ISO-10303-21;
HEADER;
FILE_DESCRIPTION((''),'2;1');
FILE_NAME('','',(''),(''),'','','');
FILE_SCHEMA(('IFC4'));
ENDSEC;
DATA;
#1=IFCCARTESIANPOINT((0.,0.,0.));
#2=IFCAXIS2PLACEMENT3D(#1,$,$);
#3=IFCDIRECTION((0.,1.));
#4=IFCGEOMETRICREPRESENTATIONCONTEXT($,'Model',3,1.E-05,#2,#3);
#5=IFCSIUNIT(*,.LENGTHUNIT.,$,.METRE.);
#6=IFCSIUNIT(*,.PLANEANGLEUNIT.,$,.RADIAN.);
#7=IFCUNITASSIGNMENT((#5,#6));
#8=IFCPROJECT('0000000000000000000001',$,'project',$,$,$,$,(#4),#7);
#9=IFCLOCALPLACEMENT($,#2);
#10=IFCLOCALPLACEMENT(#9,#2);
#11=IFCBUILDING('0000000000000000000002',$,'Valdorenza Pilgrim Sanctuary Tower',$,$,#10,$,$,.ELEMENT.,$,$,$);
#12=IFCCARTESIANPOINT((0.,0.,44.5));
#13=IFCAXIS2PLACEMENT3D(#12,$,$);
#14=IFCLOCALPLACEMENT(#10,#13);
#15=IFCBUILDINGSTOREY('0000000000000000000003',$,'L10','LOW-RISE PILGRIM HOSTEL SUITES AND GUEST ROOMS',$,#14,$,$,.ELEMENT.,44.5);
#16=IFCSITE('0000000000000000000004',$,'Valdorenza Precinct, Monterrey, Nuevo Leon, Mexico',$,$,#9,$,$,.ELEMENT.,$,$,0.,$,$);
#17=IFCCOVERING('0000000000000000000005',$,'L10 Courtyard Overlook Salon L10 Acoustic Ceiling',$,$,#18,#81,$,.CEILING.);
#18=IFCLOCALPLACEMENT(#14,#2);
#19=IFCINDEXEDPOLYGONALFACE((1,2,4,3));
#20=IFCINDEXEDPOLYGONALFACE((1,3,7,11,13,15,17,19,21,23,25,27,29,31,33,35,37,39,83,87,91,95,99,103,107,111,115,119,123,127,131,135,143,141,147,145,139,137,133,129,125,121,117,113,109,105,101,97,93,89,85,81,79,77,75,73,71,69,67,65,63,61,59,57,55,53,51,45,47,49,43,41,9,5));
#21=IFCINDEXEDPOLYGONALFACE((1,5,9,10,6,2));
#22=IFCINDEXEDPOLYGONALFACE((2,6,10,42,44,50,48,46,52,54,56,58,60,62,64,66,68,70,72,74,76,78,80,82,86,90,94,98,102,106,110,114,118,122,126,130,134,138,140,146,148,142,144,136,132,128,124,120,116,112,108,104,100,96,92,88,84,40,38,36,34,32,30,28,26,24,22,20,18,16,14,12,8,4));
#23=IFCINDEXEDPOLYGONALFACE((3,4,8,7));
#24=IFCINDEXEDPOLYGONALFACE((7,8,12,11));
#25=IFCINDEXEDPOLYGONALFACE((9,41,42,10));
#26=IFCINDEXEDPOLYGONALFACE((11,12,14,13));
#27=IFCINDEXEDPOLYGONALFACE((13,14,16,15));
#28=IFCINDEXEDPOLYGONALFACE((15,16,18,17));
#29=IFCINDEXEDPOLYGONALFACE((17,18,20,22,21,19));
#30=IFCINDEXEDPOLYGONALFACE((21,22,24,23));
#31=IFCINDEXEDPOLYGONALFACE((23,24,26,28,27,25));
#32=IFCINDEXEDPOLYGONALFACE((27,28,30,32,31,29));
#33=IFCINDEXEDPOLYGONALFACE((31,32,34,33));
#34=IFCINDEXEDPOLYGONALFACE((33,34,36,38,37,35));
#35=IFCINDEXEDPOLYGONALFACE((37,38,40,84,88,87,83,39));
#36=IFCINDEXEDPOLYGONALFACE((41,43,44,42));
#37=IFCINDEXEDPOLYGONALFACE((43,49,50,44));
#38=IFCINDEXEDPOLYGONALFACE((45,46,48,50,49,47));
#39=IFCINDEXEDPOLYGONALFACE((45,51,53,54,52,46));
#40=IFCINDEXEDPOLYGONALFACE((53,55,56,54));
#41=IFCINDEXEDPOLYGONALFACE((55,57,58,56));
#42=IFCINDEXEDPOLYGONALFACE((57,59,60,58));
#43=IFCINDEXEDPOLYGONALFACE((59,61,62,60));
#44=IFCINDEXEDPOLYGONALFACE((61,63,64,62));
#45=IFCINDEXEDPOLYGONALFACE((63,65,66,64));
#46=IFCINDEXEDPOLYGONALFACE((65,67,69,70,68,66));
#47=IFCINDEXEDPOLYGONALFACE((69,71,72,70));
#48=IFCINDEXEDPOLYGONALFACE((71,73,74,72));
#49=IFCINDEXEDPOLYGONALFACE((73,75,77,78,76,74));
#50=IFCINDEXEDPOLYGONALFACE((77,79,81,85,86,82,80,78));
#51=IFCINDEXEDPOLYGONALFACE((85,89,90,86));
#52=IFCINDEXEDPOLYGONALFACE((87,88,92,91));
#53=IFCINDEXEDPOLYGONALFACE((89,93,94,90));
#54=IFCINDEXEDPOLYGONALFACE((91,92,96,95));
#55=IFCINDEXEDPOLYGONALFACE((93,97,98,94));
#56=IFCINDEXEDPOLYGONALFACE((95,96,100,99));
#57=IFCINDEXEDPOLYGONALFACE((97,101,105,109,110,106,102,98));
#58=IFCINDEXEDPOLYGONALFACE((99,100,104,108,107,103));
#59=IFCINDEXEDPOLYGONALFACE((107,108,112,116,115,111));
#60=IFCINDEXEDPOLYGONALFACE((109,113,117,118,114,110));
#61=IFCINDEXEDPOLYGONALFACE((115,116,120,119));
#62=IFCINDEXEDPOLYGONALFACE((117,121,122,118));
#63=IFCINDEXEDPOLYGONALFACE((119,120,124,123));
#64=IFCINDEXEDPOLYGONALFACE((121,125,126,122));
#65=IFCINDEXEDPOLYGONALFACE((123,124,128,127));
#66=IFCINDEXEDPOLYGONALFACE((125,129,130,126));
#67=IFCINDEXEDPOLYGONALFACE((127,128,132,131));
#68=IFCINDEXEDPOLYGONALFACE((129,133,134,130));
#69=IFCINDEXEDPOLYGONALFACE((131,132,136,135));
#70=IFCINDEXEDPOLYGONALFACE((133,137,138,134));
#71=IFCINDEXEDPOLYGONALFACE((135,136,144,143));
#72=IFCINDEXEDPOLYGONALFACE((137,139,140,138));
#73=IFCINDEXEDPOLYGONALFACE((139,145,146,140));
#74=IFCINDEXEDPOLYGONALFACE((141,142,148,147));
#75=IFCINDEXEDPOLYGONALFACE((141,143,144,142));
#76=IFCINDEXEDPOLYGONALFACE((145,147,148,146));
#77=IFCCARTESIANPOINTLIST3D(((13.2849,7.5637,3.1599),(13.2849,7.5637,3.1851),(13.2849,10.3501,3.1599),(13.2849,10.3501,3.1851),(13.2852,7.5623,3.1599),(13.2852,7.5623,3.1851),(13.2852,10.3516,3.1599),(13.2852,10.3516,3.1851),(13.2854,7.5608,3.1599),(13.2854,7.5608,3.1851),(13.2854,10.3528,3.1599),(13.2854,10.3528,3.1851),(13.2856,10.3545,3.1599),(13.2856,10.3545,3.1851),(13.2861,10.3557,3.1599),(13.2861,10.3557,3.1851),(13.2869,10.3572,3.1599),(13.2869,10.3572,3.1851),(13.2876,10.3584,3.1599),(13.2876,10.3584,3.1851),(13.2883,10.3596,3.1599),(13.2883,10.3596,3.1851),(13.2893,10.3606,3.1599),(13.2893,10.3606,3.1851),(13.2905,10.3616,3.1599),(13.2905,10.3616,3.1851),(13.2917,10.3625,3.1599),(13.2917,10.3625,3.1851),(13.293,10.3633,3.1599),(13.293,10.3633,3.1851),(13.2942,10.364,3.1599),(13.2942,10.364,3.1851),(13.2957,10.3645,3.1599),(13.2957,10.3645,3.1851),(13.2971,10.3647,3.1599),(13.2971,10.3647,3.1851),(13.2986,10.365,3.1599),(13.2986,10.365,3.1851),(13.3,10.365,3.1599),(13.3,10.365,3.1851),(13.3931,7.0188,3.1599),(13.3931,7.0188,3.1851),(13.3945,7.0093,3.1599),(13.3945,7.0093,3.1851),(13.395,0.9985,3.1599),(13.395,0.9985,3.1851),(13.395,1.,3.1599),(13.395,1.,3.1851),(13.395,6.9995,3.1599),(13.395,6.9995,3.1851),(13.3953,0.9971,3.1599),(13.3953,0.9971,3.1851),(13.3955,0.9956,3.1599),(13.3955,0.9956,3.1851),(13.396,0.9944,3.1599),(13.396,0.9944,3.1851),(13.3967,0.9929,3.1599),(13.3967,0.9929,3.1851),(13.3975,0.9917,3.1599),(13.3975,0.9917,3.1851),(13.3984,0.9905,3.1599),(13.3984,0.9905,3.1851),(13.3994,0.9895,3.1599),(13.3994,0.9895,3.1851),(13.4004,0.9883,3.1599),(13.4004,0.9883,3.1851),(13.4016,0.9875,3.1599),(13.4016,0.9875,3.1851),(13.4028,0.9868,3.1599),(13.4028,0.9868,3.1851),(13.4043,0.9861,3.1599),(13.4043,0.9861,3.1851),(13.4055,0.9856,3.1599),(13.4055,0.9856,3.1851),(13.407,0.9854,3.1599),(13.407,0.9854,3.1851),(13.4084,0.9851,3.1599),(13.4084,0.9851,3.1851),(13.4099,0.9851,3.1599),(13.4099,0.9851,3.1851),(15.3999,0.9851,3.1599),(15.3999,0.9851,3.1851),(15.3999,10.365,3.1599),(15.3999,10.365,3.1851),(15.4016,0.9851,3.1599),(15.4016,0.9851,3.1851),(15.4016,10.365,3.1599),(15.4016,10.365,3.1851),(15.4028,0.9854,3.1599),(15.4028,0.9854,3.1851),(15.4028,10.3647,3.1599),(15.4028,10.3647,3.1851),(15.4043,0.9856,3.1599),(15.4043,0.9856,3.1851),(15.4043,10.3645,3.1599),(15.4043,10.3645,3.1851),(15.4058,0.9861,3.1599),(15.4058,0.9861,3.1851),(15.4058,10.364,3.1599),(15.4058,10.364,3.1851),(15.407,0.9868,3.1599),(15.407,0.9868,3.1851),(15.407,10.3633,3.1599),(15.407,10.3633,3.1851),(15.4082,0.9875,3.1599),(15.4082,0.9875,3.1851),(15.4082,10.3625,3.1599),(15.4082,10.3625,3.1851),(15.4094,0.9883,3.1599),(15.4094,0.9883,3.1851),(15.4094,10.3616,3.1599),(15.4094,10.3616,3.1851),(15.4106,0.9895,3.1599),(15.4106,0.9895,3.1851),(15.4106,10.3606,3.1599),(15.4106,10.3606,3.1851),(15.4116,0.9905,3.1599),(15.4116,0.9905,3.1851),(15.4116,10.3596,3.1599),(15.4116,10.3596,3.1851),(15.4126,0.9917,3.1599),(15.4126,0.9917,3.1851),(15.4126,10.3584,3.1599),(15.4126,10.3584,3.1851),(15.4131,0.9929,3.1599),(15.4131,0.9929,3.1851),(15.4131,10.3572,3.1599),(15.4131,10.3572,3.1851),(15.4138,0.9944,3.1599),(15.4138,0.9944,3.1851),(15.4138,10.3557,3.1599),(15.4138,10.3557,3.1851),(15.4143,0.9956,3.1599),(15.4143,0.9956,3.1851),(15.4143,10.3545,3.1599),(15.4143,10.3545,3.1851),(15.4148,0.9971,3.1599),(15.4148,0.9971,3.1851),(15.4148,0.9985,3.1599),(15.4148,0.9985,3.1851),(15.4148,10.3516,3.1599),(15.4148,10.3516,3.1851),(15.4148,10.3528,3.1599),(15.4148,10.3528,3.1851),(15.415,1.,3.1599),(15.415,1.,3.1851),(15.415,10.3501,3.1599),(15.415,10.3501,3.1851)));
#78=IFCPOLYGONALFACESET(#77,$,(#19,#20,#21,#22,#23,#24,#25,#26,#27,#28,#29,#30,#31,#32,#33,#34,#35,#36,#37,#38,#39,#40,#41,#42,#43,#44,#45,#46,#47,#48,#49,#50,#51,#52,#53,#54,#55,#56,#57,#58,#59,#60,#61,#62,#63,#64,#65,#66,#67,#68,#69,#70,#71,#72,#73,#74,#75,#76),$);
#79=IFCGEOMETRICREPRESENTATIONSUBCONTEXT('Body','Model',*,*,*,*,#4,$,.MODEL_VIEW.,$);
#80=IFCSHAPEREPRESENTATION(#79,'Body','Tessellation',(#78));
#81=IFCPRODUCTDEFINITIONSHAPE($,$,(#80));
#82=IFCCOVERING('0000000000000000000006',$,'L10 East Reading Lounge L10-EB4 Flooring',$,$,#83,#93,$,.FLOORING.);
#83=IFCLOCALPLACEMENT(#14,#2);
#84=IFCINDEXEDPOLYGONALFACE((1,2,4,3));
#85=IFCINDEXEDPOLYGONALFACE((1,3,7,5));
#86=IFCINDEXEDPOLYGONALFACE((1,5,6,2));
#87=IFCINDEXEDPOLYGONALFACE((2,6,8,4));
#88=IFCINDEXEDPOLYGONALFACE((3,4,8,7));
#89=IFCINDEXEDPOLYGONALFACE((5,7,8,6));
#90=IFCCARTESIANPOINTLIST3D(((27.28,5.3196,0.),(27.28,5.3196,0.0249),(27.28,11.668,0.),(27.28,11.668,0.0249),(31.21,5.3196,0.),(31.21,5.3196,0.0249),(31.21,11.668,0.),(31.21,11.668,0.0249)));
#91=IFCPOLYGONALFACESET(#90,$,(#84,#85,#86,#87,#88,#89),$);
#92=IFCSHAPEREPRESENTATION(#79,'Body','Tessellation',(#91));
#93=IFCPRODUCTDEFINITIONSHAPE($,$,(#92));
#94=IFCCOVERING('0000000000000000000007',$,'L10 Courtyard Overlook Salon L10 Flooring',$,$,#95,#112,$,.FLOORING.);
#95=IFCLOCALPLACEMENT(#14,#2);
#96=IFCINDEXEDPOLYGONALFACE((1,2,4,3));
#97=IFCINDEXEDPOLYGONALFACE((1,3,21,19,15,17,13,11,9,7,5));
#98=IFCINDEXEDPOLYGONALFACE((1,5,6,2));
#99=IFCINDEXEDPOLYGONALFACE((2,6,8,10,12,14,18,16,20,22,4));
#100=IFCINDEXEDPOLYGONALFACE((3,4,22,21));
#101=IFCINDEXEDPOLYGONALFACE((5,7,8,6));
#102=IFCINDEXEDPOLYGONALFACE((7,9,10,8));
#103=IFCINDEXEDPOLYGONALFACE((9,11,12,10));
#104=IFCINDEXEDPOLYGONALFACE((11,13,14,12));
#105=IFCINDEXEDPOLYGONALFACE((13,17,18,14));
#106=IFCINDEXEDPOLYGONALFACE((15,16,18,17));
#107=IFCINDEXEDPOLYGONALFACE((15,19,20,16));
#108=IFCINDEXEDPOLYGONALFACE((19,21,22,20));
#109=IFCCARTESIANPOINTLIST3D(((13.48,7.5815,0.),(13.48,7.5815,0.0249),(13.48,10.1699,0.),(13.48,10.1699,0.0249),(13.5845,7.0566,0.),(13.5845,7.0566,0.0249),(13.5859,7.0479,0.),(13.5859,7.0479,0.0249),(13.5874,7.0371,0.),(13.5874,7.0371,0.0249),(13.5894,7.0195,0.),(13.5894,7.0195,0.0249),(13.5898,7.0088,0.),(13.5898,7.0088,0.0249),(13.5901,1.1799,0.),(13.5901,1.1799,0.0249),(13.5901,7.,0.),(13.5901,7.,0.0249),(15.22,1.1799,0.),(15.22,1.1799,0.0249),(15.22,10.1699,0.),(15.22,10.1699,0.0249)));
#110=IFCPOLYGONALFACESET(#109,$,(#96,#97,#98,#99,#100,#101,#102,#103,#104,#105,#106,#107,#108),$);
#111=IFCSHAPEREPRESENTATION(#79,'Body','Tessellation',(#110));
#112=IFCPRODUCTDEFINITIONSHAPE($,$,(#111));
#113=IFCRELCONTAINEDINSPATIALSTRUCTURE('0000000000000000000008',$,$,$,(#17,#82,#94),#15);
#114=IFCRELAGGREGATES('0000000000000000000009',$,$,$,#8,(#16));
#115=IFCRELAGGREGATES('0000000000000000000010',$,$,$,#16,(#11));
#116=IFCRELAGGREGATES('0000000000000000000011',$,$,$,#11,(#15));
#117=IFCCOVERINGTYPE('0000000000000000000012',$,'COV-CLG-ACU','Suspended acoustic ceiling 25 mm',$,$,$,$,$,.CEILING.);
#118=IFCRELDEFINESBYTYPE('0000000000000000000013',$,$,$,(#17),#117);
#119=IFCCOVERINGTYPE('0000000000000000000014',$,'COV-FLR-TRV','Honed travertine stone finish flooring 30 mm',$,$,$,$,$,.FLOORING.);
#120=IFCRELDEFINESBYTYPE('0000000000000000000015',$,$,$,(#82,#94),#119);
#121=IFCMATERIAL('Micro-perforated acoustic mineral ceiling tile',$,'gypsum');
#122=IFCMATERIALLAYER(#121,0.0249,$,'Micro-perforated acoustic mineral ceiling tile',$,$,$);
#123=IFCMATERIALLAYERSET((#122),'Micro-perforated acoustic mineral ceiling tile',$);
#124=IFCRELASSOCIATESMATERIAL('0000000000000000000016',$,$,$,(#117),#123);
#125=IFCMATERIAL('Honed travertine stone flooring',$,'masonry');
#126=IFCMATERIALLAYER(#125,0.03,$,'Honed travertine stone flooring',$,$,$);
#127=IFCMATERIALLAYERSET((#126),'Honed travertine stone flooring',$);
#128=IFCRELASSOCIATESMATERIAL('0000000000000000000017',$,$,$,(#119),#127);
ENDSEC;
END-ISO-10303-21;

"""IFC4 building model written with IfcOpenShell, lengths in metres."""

from ifc_helpers import new_model, si_unit, direction, frame, origin, place, context, subcontext, project, spatial, polyline, outline, extrude, material, layer, layer_set, type_object, element, save


model = new_model("IFC4")

# Units and contexts
model_context = context("Model", 3, precision=1e-05, world=origin(), true_north=direction((0.0, 1.0)))
body_context = subcontext(model_context, "Body", "Model", "MODEL_VIEW")
ifc_project = project(units=[si_unit("LENGTHUNIT", "METRE"), si_unit("PLANEANGLEUNIT", "RADIAN")], contexts=[model_context])

# Site, building, storey
site_placement = place(None, origin())
site = spatial("IfcSite", under=ifc_project, at=site_placement, Name="Valdorenza Precinct, Monterrey, Nuevo Leon, Mexico", CompositionType="ELEMENT", RefElevation=0.0)
building_placement = place(site_placement, origin())
building = spatial("IfcBuilding", under=site, at=building_placement, Name="Valdorenza Pilgrim Sanctuary Tower", CompositionType="ELEMENT")
storey_placement = place(building_placement, frame((0.0, 0.0, 44.5)))
storey = spatial("IfcBuildingStorey", under=building, at=storey_placement, Name="L10", Description="LOW-RISE PILGRIM HOSTEL SUITES AND GUEST ROOMS", CompositionType="ELEMENT", Elevation=44.5)

# Coverings
ifc_material_1 = material(Name="Micro-perforated acoustic mineral ceiling tile", Category="gypsum")
ifc_layer_1 = layer(ifc_material_1, 0.0249, Name="Micro-perforated acoustic mineral ceiling tile")
ifc_layer_set_1 = layer_set([ifc_layer_1], Name="Micro-perforated acoustic mineral ceiling tile")
covering_type_1 = type_object("IfcCoveringType", Name="COV-CLG-ACU", Description="Suspended acoustic ceiling 25 mm", PredefinedType="CEILING", material=ifc_layer_set_1)
covering_1_placement = place(storey_placement, frame((0.0, 0.0, 3.1599)))
element("IfcCovering", 1, at=covering_1_placement, inside=storey, type_object=covering_type_1, Name="L10 Courtyard Overlook Salon L10 Acoustic Ceiling", PredefinedType="CEILING", context=body_context, shape_type="SweptSolid", body=[
    extrude(outline(polyline([(15.3999, 10.365), (15.4016, 10.365), (15.4028, 10.3647), (15.4043, 10.3645), (15.4058, 10.364), (15.407, 10.3633), (15.4082, 10.3625), (15.4094, 10.3616), (15.4106, 10.3606), (15.4116, 10.3596), (15.4126, 10.3584), (15.4131, 10.3572), (15.4138, 10.3557), (15.4143, 10.3545), (15.4148, 10.3528), (15.4148, 10.3516), (15.415, 10.3501), (15.415, 1.0), (15.4148, 0.9985), (15.4148, 0.9971), (15.4143, 0.9956), (15.4138, 0.9944), (15.4131, 0.9929), (15.4126, 0.9917), (15.4116, 0.9905), (15.4106, 0.9895), (15.4094, 0.9883), (15.4082, 0.9875), (15.407, 0.9868), (15.4058, 0.9861), (15.4043, 0.9856), (15.4028, 0.9854), (15.4016, 0.9851), (15.3999, 0.9851), (13.4099, 0.9851), (13.4084, 0.9851), (13.407, 0.9854), (13.4055, 0.9856), (13.4043, 0.9861), (13.4028, 0.9868), (13.4016, 0.9875), (13.4004, 0.9883), (13.3994, 0.9895), (13.3984, 0.9905), (13.3975, 0.9917), (13.3967, 0.9929), (13.396, 0.9944), (13.3955, 0.9956), (13.3953, 0.9971), (13.395, 0.9985), (13.395, 1.0), (13.395, 6.9995), (13.3945, 7.0093), (13.3931, 7.0188), (13.2854, 7.5608), (13.2852, 7.5623), (13.2849, 7.5637), (13.2849, 10.3501), (13.2852, 10.3516), (13.2854, 10.3528), (13.2856, 10.3545), (13.2861, 10.3557), (13.2869, 10.3572), (13.2876, 10.3584), (13.2883, 10.3596), (13.2893, 10.3606), (13.2905, 10.3616), (13.2917, 10.3625), (13.293, 10.3633), (13.2942, 10.364), (13.2957, 10.3645), (13.2971, 10.3647), (13.2986, 10.365), (13.3, 10.365), (15.3999, 10.365)])), origin(), (0.0, 0.0, 1.0), 0.0251),
])
ifc_material_2 = material(Name="Honed travertine stone flooring", Category="masonry")
ifc_layer_2 = layer(ifc_material_2, 0.03, Name="Honed travertine stone flooring")
ifc_layer_set_2 = layer_set([ifc_layer_2], Name="Honed travertine stone flooring")
covering_type_2 = type_object("IfcCoveringType", Name="COV-FLR-TRV", Description="Honed travertine stone finish flooring 30 mm", PredefinedType="FLOORING", material=ifc_layer_set_2)
covering_2_placement = place(storey_placement, origin())
element("IfcCovering", 2, at=covering_2_placement, inside=storey, type_object=covering_type_2, Name="L10 East Reading Lounge L10-EB4 Flooring", PredefinedType="FLOORING", context=body_context, shape_type="SweptSolid", body=[
    extrude(outline(polyline([(27.28, 11.668), (31.21, 11.668), (31.21, 5.3196), (27.28, 5.3196), (27.28, 11.668)])), origin(), (0.0, 0.0, 1.0), 0.0249),
])
covering_3_placement = place(storey_placement, origin())
element("IfcCovering", 3, at=covering_3_placement, inside=storey, type_object=covering_type_2, Name="L10 Courtyard Overlook Salon L10 Flooring", PredefinedType="FLOORING", context=body_context, shape_type="SweptSolid", body=[
    extrude(outline(polyline([(15.22, 10.1699), (15.22, 1.1799), (13.5901, 1.1799), (13.5901, 7.0), (13.5898, 7.0088), (13.5894, 7.0195), (13.5874, 7.0371), (13.5859, 7.0479), (13.5845, 7.0566), (13.48, 7.5815), (13.48, 10.1699), (15.22, 10.1699)])), origin(), (0.0, 0.0, 1.0), 0.0249),
])

save(model, "model.ifc")
